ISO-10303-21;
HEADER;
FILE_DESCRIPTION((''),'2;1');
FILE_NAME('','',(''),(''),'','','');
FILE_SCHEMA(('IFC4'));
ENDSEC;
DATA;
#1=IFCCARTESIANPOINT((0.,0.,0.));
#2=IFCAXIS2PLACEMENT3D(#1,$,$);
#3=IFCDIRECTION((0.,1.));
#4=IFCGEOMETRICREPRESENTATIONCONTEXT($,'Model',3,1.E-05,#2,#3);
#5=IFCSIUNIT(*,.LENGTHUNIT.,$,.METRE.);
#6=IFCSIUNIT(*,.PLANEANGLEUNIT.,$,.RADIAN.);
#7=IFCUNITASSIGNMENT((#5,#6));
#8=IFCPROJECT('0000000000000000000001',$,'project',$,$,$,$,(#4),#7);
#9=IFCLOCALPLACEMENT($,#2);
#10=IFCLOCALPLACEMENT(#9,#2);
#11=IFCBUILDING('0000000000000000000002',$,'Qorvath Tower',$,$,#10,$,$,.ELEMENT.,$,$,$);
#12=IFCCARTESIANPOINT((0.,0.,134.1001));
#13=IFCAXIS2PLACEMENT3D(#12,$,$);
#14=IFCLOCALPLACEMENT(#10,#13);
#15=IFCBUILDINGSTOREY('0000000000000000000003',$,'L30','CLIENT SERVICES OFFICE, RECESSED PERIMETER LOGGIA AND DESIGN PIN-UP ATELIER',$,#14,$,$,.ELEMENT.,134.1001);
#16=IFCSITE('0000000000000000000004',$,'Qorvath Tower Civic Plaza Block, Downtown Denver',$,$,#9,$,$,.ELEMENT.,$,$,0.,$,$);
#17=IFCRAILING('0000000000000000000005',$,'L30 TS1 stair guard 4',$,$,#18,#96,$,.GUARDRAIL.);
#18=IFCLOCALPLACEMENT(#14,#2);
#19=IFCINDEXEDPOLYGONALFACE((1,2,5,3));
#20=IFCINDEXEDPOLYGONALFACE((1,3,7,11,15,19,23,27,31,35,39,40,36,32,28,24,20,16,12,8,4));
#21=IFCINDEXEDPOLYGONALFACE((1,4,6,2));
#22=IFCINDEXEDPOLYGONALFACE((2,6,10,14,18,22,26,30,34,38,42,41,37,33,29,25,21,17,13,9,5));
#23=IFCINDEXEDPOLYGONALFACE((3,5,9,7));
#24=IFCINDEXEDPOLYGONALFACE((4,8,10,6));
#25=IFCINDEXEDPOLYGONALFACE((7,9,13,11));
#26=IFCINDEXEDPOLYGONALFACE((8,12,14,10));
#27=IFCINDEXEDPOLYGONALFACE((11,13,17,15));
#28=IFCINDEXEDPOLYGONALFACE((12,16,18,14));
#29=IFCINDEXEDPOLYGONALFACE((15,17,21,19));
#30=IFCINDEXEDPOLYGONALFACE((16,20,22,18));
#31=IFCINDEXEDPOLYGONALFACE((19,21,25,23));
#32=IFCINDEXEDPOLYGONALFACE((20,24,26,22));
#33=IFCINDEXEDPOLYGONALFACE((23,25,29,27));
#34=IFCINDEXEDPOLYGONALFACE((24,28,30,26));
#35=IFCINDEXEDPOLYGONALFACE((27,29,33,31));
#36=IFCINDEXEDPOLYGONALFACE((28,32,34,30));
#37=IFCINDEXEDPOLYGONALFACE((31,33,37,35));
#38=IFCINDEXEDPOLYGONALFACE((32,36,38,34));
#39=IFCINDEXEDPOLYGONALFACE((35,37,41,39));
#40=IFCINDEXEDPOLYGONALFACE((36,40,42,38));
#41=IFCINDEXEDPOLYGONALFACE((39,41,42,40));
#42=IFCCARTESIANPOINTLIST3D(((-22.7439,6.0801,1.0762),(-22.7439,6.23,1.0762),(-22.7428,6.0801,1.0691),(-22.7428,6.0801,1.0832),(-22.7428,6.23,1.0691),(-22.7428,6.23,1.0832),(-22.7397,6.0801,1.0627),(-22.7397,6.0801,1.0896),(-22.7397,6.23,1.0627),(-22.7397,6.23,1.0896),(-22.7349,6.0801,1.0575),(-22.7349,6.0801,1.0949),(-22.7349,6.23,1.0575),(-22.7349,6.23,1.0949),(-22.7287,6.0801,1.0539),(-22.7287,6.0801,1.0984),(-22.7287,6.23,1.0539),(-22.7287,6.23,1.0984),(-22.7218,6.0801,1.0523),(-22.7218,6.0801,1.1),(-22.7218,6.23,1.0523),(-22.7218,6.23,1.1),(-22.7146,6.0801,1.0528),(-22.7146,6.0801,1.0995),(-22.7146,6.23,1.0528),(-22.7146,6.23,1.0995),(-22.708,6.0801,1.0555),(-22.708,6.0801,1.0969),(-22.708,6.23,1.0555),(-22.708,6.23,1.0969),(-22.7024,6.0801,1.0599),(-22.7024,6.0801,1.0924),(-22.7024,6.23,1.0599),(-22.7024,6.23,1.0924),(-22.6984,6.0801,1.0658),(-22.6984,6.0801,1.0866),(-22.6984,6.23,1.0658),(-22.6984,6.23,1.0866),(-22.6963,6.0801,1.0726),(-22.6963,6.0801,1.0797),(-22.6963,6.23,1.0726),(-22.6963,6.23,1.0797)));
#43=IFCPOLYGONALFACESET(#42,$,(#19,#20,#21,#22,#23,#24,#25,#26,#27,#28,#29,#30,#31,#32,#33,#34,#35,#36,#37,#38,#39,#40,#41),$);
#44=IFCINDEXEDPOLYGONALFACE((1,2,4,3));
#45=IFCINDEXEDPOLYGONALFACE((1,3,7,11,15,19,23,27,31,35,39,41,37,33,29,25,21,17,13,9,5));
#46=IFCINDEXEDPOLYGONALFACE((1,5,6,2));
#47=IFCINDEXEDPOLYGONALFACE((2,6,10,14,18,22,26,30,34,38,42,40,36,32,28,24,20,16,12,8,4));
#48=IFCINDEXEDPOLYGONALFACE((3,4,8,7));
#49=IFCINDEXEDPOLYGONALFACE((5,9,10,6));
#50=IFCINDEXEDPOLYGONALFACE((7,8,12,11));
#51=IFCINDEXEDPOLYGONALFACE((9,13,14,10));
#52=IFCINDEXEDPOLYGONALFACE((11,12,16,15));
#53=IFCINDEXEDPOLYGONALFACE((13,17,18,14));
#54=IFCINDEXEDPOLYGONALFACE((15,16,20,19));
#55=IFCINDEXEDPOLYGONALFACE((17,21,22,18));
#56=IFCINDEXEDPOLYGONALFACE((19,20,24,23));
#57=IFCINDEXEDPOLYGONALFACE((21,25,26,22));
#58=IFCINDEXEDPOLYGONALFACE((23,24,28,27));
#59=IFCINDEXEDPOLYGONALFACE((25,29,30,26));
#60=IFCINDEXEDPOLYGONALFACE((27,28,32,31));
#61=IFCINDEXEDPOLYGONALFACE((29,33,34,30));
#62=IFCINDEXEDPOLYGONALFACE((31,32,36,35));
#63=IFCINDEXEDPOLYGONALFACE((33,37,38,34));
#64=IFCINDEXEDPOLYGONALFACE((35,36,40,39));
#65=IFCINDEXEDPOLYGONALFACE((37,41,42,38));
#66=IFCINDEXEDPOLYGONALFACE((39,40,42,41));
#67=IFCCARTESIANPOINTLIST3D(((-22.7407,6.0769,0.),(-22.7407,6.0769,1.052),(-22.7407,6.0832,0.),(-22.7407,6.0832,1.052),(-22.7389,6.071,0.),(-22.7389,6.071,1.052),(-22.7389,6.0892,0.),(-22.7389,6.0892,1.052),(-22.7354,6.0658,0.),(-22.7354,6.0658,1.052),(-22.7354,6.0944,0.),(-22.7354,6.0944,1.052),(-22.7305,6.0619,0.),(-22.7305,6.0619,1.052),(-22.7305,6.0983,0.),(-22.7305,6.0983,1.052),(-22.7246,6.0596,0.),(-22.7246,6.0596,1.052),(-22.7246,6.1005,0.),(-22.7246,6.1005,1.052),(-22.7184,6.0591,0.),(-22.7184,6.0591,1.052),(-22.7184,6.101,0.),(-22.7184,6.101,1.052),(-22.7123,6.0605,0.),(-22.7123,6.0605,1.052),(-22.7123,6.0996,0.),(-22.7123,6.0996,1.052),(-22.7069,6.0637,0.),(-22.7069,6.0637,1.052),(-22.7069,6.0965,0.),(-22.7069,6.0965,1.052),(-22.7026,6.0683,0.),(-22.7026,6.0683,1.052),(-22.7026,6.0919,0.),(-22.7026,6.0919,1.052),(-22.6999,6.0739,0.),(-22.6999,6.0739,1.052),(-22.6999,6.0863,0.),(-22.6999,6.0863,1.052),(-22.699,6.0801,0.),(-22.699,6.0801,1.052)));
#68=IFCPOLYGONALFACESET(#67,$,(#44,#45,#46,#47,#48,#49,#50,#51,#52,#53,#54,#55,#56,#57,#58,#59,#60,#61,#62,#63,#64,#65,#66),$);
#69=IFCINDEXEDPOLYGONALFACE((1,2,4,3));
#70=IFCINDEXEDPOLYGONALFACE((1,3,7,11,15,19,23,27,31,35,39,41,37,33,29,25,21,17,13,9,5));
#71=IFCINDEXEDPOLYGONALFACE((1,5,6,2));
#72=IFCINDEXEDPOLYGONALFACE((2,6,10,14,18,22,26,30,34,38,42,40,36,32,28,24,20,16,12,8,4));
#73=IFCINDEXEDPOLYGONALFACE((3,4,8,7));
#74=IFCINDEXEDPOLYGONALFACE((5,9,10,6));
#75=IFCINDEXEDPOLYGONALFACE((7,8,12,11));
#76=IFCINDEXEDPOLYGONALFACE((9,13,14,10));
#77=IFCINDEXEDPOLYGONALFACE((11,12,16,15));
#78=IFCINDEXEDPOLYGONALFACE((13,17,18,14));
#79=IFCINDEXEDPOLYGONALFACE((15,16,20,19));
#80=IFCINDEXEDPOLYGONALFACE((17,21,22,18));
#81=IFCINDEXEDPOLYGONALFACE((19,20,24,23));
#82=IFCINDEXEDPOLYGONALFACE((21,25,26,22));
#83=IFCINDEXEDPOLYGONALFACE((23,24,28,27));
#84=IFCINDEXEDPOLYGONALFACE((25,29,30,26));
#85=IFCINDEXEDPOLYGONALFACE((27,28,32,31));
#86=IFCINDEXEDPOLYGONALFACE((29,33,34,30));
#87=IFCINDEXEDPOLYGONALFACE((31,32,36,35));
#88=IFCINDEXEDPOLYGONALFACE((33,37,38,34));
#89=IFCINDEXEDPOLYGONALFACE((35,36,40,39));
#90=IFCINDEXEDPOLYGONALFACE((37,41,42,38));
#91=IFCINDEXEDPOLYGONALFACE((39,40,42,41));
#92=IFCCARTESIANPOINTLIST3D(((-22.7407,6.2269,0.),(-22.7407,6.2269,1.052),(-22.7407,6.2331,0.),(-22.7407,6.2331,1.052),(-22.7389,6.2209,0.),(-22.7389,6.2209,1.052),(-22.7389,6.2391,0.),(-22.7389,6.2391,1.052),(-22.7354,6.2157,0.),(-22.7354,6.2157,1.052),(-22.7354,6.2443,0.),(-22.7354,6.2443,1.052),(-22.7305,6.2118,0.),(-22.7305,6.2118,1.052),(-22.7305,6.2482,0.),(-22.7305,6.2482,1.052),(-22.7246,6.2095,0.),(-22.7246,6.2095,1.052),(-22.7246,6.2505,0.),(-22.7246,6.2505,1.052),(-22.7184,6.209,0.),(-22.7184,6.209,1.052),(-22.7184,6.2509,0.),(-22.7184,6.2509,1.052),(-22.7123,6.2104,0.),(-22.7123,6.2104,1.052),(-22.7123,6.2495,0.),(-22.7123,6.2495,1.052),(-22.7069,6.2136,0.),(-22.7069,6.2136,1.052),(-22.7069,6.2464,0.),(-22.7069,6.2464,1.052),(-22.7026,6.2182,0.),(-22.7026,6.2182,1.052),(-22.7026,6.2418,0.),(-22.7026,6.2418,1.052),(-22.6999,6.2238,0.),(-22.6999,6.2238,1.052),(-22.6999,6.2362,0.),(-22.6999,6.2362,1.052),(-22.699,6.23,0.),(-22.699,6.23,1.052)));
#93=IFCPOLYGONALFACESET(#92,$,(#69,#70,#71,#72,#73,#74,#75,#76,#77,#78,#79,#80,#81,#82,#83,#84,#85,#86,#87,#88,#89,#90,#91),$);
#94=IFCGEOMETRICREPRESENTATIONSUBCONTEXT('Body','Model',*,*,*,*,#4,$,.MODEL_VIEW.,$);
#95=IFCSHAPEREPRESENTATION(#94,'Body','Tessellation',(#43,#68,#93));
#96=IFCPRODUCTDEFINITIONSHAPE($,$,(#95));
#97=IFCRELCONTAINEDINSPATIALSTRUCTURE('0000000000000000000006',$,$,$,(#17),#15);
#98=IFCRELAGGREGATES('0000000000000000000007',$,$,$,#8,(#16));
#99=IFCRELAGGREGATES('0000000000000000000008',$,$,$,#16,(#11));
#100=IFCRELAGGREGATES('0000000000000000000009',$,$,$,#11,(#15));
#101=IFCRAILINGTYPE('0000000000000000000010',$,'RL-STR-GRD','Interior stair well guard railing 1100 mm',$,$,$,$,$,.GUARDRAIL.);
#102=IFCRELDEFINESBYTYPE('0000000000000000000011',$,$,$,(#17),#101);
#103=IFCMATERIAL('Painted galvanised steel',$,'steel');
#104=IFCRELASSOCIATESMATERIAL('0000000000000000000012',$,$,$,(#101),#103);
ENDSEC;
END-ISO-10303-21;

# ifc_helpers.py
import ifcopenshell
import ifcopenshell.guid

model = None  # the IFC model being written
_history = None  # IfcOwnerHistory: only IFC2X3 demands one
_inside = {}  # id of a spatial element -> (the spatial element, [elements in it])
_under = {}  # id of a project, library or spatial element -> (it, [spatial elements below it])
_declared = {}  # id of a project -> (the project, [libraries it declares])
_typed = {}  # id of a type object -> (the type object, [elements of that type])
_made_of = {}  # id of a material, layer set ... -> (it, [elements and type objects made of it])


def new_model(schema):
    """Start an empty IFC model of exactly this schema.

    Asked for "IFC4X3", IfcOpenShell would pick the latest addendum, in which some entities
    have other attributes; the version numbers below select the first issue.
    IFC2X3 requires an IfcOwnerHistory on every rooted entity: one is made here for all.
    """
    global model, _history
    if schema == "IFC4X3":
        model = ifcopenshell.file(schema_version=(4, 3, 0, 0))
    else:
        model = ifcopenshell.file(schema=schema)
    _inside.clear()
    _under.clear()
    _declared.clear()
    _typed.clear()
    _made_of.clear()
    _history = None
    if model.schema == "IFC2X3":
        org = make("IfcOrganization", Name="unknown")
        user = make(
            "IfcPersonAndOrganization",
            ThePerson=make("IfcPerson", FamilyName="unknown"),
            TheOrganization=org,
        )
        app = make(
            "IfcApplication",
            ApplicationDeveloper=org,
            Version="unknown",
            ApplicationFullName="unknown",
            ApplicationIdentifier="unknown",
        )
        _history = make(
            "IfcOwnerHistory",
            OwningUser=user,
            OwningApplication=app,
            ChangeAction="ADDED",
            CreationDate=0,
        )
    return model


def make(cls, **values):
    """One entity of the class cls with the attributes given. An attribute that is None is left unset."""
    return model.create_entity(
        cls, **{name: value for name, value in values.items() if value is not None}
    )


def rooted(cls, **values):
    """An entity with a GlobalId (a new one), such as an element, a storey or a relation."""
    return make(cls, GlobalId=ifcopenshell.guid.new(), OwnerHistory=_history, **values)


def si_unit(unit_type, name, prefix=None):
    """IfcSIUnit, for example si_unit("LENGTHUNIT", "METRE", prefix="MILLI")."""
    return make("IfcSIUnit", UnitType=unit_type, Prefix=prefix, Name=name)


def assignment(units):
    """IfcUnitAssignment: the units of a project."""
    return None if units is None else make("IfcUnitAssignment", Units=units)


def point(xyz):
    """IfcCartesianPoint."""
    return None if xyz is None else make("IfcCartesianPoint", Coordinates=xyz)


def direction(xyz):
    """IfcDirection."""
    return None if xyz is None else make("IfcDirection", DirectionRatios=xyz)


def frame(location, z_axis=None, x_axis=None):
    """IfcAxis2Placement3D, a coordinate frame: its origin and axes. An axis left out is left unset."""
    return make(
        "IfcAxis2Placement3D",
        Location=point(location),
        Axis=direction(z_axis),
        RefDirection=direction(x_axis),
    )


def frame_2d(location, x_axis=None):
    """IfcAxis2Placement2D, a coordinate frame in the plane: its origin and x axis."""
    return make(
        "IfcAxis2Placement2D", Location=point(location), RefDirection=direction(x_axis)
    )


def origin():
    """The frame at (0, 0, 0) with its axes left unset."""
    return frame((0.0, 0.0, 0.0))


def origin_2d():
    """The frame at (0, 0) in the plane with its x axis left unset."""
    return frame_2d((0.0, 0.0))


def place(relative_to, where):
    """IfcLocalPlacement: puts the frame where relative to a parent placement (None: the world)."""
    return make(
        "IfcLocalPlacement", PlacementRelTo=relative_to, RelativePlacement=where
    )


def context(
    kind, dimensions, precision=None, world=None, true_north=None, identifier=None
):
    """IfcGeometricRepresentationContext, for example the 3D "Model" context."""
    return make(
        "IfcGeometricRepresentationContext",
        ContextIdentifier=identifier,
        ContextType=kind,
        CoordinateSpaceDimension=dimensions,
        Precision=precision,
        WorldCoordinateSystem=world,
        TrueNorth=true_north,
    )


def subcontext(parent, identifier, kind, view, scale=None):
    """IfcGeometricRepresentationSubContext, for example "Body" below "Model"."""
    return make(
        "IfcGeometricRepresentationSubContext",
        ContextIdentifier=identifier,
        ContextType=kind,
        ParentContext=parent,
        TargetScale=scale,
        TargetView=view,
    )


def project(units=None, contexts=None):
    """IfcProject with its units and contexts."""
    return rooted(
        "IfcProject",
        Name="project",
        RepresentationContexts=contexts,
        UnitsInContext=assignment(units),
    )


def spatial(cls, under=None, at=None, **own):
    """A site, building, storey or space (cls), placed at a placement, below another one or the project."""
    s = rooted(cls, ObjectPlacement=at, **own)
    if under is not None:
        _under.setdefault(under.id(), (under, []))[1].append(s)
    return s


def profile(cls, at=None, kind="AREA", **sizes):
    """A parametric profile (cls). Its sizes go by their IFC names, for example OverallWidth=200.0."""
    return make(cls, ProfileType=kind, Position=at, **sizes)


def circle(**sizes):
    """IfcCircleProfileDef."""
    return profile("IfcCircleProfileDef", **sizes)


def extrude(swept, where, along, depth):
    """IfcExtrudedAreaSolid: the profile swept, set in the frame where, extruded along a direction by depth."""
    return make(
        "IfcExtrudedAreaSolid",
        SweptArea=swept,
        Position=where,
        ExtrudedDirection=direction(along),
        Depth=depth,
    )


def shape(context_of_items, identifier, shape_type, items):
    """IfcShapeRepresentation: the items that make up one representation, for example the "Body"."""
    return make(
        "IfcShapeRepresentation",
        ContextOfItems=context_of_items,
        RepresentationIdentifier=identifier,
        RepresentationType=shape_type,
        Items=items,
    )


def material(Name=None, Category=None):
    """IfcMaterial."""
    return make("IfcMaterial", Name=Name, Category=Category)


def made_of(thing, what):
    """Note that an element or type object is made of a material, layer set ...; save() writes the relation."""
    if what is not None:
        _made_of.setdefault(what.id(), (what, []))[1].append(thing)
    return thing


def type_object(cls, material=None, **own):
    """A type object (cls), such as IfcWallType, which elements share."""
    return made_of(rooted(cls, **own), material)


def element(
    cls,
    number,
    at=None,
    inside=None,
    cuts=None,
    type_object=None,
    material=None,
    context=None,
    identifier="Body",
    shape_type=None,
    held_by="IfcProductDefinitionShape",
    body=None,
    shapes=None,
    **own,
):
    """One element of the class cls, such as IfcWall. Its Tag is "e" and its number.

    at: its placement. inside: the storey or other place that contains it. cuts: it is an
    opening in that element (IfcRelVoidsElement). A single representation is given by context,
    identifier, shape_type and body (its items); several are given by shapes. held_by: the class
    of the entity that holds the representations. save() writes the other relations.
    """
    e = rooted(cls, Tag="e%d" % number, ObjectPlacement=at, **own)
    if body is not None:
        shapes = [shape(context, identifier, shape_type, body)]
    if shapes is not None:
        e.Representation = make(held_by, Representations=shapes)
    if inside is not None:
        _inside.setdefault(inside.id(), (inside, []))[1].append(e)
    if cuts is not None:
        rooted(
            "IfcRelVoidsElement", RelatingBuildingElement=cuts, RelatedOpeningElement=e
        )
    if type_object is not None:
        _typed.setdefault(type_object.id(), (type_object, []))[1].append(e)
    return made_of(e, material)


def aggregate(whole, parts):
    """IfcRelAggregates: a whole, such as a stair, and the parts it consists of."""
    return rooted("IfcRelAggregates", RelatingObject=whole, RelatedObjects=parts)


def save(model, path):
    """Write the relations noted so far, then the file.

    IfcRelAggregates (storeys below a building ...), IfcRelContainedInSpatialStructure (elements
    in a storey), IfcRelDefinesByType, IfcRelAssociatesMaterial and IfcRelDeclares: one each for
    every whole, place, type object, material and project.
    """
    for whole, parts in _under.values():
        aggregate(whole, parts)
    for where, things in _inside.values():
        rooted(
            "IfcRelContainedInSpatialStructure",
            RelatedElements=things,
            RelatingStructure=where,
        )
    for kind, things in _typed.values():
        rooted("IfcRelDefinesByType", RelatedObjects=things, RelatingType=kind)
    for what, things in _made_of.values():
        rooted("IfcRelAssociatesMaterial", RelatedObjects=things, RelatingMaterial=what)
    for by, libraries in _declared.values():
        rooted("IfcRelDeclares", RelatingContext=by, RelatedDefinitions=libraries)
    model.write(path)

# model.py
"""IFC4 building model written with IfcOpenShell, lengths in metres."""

from ifc_helpers import new_model, si_unit, direction, frame, origin, origin_2d, place, context, subcontext, project, spatial, circle, extrude, material, type_object, element, save


model = new_model("IFC4")

# Units and contexts
model_context = context("Model", 3, precision=1e-05, world=origin(), true_north=direction((0.0, 1.0)))
body_context = subcontext(model_context, "Body", "Model", "MODEL_VIEW")
ifc_project = project(units=[si_unit("LENGTHUNIT", "METRE"), si_unit("PLANEANGLEUNIT", "RADIAN")], contexts=[model_context])

# Site, building, storey
site_placement = place(None, origin())
site = spatial("IfcSite", under=ifc_project, at=site_placement, Name="Qorvath Tower Civic Plaza Block, Downtown Denver", CompositionType="ELEMENT", RefElevation=0.0)
building_placement = place(site_placement, origin())
building = spatial("IfcBuilding", under=site, at=building_placement, Name="Qorvath Tower", CompositionType="ELEMENT")
storey_placement = place(building_placement, frame((0.0, 0.0, 134.1001)))
storey = spatial("IfcBuildingStorey", under=building, at=storey_placement, Name="L30", Description="CLIENT SERVICES OFFICE, RECESSED PERIMETER LOGGIA AND DESIGN PIN-UP ATELIER", CompositionType="ELEMENT", Elevation=134.1001)

# Railing
ifc_material_1 = material(Name="Painted galvanised steel", Category="steel")
railing_type_1 = type_object("IfcRailingType", Name="RL-STR-GRD", Description="Interior stair well guard railing 1100 mm", PredefinedType="GUARDRAIL", material=ifc_material_1)
railing_1_placement = place(storey_placement, frame((-22.72, 6.0801, 0.0)))
element("IfcRailing", 1, at=railing_1_placement, inside=storey, type_object=railing_type_1, Name="L30 TS1 stair guard 4", PredefinedType="GUARDRAIL", context=body_context, shape_type="SweptSolid", body=[
    extrude(circle(Radius=0.0239, at=origin_2d()), frame((0.0, 0.0, 1.0762), z_axis=(0.0, 1.0, 0.0), x_axis=(-1.0, 0.0, 0.0)), (0.0, 0.0, 1.0), 0.1499),
    extrude(circle(Radius=0.021, at=origin_2d()), origin(), (0.0, 0.0, 1.0), 1.052),
    extrude(circle(Radius=0.021, at=origin_2d()), frame((0.0, 0.1499, 0.0)), (0.0, 0.0, 1.0), 1.052),
])

save(model, "model.ifc")
